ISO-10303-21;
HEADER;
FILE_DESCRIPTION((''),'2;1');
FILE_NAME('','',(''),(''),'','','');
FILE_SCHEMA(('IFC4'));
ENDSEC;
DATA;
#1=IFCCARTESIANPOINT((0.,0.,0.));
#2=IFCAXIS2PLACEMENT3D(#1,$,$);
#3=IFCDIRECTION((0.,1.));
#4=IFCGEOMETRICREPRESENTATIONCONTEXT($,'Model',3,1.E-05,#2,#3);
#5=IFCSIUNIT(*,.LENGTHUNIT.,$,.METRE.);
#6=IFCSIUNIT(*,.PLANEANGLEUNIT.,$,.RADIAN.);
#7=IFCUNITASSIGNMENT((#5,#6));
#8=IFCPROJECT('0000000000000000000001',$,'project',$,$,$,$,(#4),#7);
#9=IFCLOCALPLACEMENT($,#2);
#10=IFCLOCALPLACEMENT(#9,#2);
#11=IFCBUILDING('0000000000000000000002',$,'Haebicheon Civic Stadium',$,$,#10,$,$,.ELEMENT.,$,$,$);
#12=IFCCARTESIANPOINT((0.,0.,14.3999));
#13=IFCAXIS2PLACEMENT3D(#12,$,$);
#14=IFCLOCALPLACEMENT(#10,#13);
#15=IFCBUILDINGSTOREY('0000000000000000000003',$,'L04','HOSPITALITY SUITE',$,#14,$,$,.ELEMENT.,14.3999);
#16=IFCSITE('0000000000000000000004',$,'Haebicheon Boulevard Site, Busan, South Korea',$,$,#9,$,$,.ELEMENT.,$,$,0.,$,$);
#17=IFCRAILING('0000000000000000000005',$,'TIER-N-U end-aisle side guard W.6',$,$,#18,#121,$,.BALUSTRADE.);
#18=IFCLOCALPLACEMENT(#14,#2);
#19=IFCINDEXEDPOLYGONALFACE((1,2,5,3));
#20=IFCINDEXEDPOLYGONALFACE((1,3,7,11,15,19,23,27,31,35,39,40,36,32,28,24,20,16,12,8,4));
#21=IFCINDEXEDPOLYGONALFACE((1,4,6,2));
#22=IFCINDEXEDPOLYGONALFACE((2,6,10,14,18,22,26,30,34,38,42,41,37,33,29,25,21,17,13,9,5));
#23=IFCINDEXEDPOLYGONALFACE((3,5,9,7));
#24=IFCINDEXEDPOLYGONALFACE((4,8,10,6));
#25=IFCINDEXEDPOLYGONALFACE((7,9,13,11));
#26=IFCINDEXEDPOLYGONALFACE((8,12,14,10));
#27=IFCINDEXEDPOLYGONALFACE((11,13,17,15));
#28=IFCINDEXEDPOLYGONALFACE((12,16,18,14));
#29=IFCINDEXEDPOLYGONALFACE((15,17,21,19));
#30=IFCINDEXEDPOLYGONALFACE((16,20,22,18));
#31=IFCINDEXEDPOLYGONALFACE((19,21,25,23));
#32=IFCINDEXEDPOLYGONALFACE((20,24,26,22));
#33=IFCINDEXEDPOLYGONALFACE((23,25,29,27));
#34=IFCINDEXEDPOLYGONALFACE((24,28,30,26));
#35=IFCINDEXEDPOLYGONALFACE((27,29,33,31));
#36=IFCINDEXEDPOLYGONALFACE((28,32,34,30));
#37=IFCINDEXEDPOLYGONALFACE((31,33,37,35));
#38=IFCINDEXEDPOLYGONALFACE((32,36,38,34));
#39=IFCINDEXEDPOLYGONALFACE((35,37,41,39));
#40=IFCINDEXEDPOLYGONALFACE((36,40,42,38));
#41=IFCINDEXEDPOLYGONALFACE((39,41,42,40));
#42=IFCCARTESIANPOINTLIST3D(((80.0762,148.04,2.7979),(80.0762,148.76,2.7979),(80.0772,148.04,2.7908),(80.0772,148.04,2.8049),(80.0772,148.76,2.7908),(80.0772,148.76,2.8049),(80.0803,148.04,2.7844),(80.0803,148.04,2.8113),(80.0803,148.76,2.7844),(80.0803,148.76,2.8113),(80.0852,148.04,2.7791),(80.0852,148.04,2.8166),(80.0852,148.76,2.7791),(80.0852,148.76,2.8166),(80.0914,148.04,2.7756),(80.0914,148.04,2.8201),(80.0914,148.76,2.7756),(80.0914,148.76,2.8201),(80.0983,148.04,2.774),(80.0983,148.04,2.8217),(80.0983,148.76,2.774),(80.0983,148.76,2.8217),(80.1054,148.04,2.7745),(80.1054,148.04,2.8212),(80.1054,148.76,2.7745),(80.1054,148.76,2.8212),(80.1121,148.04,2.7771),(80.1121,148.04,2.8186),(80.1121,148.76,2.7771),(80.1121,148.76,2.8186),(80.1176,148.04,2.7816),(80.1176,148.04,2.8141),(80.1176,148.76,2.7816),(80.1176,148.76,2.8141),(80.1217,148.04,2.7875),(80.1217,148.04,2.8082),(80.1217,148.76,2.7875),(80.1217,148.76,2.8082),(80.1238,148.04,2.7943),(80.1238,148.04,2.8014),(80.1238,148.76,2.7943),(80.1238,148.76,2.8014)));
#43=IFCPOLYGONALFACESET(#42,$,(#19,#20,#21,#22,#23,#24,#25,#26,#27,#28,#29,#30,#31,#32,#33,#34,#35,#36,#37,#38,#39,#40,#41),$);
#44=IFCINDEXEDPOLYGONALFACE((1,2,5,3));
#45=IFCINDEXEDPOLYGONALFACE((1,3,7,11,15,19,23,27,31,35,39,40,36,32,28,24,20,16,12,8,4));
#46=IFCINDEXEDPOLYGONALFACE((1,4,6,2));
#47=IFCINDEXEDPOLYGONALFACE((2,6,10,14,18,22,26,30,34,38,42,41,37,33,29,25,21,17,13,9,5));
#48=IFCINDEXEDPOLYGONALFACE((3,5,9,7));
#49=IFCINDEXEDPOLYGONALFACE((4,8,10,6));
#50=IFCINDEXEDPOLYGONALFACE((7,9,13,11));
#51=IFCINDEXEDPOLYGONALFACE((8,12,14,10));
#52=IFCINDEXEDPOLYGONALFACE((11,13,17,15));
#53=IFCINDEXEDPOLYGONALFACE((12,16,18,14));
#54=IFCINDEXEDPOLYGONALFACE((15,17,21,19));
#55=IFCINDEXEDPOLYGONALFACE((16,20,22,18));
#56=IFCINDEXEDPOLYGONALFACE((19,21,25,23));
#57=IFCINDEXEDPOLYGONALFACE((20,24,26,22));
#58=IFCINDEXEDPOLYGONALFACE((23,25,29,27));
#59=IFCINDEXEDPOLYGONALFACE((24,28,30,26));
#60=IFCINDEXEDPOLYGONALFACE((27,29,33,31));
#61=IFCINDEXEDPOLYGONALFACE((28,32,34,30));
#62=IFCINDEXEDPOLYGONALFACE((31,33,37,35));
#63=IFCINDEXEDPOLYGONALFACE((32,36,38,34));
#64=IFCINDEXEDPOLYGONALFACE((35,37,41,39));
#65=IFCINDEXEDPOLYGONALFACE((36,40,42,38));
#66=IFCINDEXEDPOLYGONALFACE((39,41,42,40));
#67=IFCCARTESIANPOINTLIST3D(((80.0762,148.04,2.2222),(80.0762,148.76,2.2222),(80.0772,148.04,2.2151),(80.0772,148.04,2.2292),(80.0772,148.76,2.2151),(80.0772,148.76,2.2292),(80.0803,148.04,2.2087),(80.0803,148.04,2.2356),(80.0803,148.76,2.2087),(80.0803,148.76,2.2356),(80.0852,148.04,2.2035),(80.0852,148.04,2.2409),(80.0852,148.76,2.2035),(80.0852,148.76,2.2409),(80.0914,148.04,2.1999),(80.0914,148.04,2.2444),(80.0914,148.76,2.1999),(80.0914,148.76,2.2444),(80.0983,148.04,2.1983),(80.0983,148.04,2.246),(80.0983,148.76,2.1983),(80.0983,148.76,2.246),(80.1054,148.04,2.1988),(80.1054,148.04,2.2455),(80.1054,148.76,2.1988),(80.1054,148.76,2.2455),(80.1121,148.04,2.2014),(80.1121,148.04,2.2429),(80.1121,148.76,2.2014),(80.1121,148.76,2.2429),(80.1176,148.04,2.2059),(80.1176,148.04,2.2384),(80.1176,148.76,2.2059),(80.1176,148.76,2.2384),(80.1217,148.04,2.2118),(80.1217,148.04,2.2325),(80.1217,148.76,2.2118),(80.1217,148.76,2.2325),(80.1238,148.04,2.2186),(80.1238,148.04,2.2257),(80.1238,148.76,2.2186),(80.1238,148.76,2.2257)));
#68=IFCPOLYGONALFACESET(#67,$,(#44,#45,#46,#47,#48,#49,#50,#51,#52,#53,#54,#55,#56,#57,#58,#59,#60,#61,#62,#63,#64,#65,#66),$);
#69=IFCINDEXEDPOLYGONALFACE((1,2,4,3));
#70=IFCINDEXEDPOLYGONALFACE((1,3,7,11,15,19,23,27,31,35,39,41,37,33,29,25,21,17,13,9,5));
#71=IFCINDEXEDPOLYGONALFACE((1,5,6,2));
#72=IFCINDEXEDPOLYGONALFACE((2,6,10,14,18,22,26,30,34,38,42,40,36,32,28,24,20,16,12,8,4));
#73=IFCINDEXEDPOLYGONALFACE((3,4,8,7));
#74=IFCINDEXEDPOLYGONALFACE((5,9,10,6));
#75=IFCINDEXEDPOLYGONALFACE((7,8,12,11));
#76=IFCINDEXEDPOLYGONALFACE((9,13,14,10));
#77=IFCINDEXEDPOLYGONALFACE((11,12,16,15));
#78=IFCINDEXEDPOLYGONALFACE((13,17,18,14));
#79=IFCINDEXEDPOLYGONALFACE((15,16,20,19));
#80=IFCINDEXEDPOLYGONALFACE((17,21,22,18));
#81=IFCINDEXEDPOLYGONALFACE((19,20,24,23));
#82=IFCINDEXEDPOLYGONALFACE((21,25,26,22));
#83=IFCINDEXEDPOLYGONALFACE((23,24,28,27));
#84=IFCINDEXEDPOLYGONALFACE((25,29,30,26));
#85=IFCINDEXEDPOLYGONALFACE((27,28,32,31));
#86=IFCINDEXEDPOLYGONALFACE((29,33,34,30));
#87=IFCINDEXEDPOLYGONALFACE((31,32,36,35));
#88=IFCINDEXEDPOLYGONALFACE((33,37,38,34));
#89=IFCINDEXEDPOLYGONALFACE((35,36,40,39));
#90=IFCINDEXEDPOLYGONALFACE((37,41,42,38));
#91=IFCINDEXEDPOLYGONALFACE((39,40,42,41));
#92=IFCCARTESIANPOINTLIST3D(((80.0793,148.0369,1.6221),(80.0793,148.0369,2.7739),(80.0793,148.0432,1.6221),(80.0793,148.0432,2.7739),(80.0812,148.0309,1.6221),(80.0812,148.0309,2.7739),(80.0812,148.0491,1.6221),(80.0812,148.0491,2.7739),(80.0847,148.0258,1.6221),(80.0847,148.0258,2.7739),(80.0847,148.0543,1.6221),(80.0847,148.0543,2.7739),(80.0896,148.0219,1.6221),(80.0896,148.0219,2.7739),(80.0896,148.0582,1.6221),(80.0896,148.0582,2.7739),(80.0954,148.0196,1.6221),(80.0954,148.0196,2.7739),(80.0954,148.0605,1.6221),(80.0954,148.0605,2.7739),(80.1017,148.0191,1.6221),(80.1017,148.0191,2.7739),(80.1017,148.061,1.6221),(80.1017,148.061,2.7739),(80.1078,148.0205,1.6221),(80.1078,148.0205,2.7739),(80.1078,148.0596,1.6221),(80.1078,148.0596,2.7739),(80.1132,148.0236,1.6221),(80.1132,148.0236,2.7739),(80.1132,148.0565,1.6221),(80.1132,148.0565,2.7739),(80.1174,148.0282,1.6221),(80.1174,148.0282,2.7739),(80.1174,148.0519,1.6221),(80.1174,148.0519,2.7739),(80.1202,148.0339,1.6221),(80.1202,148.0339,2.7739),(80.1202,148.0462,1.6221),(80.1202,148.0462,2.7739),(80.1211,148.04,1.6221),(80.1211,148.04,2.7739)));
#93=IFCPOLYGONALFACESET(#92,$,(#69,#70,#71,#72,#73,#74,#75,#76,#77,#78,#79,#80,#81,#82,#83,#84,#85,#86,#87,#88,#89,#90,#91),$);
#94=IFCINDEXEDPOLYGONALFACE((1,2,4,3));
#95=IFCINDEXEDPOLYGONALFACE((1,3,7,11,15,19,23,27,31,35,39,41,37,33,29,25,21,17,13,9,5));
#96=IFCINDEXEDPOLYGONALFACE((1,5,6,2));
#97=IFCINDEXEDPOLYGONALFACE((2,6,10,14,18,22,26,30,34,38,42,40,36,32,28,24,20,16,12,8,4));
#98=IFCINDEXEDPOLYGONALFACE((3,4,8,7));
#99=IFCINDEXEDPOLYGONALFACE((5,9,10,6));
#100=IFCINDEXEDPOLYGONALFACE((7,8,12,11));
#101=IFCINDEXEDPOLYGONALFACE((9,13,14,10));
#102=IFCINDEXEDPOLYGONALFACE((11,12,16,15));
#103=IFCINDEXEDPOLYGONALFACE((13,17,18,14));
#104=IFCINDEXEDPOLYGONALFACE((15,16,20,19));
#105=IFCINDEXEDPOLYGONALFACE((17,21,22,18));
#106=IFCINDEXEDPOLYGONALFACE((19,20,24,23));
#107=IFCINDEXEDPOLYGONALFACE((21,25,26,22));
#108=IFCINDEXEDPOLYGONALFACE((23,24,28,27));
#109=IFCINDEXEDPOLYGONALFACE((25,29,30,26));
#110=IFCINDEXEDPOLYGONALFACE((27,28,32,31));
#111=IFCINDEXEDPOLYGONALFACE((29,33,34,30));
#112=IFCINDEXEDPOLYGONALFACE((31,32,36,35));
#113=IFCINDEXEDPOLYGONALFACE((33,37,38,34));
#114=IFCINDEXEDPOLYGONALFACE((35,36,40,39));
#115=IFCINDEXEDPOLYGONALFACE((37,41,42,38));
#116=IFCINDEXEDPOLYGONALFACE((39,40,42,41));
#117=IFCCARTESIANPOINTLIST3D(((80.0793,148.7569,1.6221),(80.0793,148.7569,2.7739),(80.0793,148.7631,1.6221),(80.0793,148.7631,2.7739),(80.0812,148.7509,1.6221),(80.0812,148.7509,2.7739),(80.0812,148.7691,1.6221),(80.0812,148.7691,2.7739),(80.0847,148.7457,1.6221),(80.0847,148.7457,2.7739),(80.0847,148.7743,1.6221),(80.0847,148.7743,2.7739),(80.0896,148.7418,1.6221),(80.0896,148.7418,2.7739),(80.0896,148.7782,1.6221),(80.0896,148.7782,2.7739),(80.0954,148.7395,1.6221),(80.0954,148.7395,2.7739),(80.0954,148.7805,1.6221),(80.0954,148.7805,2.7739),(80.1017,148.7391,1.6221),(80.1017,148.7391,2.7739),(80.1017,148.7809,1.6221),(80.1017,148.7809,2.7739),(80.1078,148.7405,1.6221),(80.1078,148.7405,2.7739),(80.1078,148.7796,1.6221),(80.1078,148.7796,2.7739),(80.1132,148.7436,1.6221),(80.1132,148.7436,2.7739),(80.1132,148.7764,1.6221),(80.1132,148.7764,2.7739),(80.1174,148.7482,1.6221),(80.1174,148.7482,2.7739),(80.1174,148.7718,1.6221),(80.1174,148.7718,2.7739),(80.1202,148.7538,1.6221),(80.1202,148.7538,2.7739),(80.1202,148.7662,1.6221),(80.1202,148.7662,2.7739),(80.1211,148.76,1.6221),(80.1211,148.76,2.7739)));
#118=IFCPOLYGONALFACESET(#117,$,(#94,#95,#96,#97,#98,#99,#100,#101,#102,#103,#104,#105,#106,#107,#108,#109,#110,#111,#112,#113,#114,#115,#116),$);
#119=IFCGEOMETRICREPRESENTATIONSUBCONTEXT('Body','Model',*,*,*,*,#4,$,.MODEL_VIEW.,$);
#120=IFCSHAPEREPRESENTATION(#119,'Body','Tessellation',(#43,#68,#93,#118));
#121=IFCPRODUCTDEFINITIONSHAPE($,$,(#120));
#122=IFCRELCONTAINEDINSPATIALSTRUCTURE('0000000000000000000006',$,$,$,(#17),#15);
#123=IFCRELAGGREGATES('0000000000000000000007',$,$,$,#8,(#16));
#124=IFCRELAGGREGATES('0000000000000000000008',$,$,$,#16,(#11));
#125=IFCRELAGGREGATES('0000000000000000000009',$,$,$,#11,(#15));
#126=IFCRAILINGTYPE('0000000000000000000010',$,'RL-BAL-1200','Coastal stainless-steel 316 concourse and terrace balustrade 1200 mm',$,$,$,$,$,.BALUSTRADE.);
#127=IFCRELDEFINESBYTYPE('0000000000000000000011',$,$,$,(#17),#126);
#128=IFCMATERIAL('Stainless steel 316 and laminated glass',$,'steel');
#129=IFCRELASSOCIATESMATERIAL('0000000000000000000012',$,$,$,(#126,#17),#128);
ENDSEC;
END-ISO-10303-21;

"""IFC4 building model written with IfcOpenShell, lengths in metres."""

from ifc_helpers import new_model, si_unit, direction, frame, origin, origin_2d, place, context, subcontext, project, spatial, circle, extrude, material, type_object, element, save


model = new_model("IFC4")

# Units and contexts
model_context = context("Model", 3, precision=1e-05, world=origin(), true_north=direction((0.0, 1.0)))
body_context = subcontext(model_context, "Body", "Model", "MODEL_VIEW")
ifc_project = project(units=[si_unit("LENGTHUNIT", "METRE"), si_unit("PLANEANGLEUNIT", "RADIAN")], contexts=[model_context])

# Site, building, storey
site_placement = place(None, origin())
site = spatial("IfcSite", under=ifc_project, at=site_placement, Name="Haebicheon Boulevard Site, Busan, South Korea", CompositionType="ELEMENT", RefElevation=0.0)
building_placement = place(site_placement, origin())
building = spatial("IfcBuilding", under=site, at=building_placement, Name="Haebicheon Civic Stadium", CompositionType="ELEMENT")
storey_placement = place(building_placement, frame((0.0, 0.0, 14.3999)))
storey = spatial("IfcBuildingStorey", under=building, at=storey_placement, Name="L04", Description="HOSPITALITY SUITE", CompositionType="ELEMENT", Elevation=14.3999)

# Railing
ifc_material_1 = material(Name="Stainless steel 316 and laminated glass", Category="steel")
railing_type = type_object("IfcRailingType", Name="RL-BAL-1200", Description="Coastal stainless-steel 316 concourse and terrace balustrade 1200 mm", PredefinedType="BALUSTRADE", material=ifc_material_1)
for number, where, name in (
    (1, (80.1001, 148.04, 1.6221), "TIER-N-U end-aisle side guard W.6"),
):
    element("IfcRailing", number, at=place(storey_placement, frame(where)), inside=storey, type_object=railing_type, material=ifc_material_1, Name=name, PredefinedType="BALUSTRADE", context=body_context, shape_type="SweptSolid", body=[
        extrude(circle(Radius=0.0239, at=origin_2d()), frame((0.0, 0.0, 1.1758), z_axis=(0.0, 1.0, 0.0), x_axis=(-1.0, 0.0, 0.0)), (0.0, 0.0, 1.0), 0.72),
        extrude(circle(Radius=0.0239, at=origin_2d()), frame((0.0, 0.0, 0.6001), z_axis=(0.0, 1.0, 0.0), x_axis=(-1.0, 0.0, 0.0)), (0.0, 0.0, 1.0), 0.72),
        extrude(circle(Radius=0.021, at=origin_2d()), origin(), (0.0, 0.0, 1.0), 1.1519),
        extrude(circle(Radius=0.021, at=origin_2d()), frame((0.0, 0.72, 0.0)), (0.0, 0.0, 1.0), 1.1519),
    ])

save(model, "model.ifc")
